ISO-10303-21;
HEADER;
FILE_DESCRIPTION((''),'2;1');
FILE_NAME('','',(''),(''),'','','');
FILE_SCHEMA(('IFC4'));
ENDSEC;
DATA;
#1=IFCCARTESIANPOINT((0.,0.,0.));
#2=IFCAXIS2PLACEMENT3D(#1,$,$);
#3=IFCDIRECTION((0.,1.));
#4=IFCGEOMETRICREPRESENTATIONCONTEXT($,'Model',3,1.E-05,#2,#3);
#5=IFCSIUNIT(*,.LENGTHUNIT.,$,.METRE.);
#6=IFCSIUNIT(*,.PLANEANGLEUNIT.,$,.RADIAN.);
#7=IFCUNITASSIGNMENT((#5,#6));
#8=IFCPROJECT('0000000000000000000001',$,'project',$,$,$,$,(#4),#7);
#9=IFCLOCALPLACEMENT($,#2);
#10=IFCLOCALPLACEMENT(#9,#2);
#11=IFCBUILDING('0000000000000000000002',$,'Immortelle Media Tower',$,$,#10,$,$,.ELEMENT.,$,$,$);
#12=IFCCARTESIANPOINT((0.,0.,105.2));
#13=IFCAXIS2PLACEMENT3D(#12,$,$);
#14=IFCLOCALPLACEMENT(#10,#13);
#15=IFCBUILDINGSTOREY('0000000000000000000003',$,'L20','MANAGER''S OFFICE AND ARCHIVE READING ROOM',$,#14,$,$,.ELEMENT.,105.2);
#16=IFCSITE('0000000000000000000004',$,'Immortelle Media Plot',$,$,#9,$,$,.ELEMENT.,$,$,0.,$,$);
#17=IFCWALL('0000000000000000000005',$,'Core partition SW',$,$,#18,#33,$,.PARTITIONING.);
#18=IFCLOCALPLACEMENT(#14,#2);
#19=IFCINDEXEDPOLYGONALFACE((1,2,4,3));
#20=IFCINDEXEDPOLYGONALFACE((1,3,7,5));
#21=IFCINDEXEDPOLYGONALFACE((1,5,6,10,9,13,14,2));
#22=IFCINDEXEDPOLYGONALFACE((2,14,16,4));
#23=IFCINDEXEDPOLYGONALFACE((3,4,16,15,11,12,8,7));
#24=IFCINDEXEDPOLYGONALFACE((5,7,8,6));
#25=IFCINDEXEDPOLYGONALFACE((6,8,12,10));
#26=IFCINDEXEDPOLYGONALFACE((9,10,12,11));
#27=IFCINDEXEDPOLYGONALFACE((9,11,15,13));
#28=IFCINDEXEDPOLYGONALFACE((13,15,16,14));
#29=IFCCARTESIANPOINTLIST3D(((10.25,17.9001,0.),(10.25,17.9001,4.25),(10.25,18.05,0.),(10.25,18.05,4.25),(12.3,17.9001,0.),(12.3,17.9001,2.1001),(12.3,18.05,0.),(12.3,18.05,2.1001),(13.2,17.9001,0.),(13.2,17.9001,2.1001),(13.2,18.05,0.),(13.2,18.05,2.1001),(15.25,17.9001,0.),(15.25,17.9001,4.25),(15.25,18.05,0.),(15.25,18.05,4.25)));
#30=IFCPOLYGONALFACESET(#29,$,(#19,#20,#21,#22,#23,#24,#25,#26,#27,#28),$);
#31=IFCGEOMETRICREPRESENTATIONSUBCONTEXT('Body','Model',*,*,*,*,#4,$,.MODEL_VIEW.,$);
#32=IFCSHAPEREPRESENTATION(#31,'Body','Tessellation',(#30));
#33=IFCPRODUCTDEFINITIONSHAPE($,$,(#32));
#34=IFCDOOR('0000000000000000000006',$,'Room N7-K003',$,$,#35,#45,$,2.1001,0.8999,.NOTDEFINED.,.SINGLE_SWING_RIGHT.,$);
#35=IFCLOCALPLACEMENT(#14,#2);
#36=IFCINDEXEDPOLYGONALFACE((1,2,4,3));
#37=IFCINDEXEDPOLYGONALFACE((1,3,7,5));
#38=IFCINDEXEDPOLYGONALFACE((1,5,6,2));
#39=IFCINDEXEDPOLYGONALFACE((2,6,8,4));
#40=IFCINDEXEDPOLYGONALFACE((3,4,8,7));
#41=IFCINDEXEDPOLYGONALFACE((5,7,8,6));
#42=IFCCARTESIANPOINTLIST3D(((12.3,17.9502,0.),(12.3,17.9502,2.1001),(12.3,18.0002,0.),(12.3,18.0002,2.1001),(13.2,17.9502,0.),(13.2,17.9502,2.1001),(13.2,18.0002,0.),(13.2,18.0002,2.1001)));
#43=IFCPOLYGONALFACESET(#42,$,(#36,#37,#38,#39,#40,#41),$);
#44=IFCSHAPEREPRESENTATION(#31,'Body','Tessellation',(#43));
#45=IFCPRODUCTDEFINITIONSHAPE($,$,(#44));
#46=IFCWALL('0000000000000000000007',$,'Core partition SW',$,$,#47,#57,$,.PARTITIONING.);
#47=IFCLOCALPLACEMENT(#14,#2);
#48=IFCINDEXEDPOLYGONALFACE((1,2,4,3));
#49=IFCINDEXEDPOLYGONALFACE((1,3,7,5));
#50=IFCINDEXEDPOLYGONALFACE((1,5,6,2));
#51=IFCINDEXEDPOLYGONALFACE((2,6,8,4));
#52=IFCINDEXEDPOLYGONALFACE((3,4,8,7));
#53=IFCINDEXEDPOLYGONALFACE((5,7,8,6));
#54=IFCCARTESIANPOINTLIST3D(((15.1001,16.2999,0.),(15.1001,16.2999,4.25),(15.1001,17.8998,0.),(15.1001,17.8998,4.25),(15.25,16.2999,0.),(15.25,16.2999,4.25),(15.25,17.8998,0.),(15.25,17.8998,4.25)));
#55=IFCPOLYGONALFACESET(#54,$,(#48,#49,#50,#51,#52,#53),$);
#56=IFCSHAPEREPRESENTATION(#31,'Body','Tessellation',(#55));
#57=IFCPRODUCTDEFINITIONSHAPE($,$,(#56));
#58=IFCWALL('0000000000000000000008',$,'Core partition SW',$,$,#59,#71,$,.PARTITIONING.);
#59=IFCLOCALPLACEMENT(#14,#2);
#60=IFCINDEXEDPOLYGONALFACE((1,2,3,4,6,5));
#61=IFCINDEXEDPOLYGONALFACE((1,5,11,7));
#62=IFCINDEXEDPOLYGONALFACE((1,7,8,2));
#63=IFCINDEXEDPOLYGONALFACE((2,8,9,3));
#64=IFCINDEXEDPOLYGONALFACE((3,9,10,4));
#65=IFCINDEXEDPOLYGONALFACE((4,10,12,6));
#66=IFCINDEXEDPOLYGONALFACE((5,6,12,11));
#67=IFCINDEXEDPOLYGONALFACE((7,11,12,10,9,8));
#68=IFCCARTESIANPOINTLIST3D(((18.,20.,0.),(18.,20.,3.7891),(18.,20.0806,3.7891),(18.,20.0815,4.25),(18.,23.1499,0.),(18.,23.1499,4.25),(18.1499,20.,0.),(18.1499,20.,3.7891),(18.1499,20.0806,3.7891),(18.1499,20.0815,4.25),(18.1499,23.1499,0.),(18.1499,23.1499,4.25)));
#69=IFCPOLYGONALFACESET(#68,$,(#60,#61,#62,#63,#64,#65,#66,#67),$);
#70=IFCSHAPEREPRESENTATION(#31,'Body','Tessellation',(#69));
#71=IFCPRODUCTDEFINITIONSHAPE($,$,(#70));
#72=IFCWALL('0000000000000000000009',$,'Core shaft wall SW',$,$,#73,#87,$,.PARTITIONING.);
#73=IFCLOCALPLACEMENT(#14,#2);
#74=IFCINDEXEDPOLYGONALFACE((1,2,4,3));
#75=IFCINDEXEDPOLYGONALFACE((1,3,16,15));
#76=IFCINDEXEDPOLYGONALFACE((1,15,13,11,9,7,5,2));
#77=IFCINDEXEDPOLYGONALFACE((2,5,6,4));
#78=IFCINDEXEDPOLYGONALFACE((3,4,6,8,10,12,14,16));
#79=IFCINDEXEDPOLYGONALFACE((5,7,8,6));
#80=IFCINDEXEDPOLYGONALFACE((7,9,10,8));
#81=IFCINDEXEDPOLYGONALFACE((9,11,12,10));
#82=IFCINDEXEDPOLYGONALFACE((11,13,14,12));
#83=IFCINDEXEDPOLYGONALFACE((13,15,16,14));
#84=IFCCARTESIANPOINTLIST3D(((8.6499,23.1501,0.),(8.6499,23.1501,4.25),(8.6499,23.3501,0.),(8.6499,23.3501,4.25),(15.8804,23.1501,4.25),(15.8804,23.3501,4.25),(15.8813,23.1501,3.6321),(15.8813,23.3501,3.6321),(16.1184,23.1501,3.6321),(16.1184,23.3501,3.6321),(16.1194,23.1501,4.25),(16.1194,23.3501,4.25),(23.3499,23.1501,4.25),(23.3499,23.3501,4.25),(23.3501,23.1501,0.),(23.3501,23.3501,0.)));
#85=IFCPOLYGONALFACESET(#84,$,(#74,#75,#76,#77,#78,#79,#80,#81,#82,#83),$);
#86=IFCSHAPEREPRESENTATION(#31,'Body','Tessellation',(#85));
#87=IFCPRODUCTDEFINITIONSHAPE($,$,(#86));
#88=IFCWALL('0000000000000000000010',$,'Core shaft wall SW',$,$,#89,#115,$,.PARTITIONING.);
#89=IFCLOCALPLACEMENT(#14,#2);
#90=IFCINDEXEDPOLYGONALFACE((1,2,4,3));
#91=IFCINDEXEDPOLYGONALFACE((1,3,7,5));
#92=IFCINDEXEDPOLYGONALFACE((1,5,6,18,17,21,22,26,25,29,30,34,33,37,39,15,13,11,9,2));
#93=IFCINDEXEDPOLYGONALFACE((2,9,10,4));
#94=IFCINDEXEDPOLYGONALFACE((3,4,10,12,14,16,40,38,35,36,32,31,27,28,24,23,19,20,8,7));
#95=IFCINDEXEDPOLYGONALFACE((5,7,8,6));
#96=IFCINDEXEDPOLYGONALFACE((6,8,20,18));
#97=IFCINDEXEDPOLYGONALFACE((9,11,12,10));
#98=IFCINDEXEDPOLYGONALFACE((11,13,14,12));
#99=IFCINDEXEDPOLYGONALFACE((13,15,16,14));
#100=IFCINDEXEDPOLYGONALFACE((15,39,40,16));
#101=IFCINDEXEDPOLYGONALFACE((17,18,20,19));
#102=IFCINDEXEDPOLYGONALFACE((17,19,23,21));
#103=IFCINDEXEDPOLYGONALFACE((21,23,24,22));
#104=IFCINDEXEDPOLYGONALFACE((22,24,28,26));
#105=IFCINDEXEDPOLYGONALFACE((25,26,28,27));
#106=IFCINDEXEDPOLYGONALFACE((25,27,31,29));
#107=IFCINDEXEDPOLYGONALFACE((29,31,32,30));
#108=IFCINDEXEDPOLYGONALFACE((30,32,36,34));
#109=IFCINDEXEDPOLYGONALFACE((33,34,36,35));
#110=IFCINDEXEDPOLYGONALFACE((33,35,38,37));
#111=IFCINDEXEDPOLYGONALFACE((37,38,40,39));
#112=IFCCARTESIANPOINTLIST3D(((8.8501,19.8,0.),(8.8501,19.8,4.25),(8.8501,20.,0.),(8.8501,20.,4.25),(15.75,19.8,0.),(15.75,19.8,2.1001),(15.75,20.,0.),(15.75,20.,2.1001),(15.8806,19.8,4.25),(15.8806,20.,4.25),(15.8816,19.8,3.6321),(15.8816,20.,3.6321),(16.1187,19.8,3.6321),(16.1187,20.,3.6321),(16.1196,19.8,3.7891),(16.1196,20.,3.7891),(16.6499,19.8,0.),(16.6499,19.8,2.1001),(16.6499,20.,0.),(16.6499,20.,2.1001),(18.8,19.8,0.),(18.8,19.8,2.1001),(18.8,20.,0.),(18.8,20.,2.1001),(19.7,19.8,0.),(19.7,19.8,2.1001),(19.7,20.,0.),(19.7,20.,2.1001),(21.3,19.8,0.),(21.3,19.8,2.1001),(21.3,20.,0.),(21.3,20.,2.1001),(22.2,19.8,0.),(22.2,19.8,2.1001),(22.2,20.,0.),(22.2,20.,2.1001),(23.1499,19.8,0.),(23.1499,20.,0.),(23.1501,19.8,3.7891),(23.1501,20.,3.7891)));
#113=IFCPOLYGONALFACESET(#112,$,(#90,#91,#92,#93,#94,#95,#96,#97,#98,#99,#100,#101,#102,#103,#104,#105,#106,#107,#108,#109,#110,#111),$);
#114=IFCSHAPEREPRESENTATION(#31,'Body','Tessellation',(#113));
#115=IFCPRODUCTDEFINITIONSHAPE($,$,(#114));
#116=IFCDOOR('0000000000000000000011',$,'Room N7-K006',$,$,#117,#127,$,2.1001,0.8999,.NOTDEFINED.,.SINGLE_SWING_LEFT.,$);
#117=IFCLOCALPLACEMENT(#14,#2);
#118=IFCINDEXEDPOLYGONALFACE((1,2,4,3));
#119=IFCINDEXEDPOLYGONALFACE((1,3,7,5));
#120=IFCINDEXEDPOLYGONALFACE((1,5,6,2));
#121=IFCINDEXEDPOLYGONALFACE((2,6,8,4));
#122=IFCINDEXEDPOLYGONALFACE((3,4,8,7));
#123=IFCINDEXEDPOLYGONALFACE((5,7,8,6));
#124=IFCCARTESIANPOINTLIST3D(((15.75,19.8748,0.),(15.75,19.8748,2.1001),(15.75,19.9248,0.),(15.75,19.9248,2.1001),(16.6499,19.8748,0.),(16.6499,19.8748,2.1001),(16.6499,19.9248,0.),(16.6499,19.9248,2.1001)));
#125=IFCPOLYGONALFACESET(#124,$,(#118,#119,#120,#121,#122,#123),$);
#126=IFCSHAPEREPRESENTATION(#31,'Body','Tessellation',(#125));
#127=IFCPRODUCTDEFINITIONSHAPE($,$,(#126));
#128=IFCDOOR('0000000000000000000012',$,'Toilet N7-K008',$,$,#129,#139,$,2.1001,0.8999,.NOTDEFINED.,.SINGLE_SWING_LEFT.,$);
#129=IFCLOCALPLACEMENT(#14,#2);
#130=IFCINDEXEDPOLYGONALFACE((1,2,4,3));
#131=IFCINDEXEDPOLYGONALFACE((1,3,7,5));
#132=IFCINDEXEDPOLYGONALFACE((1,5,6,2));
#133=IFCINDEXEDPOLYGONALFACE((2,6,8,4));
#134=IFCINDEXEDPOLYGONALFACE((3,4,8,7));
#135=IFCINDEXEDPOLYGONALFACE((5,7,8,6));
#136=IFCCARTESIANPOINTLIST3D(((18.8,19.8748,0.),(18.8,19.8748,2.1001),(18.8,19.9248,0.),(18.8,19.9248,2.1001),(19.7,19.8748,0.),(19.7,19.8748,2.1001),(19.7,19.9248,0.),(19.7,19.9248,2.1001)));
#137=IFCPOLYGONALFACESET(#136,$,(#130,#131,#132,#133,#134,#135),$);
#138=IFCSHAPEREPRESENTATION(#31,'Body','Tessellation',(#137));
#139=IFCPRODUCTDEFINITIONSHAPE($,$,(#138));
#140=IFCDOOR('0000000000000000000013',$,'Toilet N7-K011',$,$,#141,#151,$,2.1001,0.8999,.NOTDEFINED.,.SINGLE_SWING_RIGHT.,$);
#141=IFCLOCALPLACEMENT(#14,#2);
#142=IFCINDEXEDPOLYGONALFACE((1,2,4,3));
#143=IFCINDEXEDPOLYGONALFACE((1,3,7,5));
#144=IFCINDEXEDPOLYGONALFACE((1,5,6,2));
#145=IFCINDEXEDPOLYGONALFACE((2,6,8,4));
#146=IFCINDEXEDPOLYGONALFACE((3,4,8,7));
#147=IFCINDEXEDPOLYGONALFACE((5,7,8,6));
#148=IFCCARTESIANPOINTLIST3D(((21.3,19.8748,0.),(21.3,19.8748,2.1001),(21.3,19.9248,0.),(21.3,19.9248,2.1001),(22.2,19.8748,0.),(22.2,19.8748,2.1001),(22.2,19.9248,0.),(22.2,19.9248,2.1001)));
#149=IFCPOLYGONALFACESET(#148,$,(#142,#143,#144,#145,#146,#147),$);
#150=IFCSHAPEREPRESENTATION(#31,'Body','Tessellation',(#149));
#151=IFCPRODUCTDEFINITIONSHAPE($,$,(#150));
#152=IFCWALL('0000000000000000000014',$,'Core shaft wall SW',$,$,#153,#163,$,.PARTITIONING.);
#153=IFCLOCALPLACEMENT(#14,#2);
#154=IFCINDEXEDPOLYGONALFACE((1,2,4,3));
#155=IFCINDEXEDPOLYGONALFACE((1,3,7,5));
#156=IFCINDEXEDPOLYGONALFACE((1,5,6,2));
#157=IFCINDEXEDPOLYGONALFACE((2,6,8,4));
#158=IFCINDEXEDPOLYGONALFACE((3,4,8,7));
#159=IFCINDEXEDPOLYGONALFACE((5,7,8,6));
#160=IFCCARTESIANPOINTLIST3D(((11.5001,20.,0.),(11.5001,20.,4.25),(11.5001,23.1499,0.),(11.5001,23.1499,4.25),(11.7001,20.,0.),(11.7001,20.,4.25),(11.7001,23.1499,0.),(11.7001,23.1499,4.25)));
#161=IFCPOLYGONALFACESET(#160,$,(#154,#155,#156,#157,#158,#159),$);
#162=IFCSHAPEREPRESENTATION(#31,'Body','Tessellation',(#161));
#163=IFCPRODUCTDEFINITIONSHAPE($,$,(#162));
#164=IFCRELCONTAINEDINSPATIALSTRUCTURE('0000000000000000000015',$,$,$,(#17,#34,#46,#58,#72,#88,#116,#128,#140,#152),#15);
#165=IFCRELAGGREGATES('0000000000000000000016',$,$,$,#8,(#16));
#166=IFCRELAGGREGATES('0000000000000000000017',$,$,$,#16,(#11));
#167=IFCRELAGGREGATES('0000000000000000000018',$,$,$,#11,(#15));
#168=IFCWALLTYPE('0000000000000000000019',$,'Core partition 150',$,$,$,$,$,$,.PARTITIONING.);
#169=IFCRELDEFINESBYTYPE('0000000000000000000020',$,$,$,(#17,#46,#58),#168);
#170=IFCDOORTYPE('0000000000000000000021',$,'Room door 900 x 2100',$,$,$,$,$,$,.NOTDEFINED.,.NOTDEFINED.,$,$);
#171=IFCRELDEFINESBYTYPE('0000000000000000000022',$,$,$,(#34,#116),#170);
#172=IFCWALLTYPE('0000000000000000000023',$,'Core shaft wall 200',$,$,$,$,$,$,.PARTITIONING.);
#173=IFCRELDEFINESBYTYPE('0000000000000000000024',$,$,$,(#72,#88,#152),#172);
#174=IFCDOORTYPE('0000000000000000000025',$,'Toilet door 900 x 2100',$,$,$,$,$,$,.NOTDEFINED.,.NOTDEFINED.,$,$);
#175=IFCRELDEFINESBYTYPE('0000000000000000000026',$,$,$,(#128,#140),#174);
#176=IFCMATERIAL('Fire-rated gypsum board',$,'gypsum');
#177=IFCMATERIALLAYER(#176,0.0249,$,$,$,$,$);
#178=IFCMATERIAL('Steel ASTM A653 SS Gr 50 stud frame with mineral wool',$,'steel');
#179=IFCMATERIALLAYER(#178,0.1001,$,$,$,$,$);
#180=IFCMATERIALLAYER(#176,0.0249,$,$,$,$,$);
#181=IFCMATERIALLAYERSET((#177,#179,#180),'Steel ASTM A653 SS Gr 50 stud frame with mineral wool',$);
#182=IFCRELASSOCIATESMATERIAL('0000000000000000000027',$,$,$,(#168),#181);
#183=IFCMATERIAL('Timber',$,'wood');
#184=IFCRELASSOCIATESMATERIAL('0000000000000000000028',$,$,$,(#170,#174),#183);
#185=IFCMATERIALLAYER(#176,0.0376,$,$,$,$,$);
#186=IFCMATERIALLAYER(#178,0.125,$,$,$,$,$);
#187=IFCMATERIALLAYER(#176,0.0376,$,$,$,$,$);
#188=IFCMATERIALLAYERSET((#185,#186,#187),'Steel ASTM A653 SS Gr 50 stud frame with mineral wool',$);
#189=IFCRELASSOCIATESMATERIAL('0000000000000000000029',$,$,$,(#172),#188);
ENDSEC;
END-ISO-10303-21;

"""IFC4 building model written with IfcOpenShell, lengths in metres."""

from ifc_helpers import new_model, si_unit, direction, frame, frame_2d, origin, place, context, subcontext, project, spatial, polyline, rectangle, outline, extrude, material, layer, layer_set, type_object, element, fill, save


model = new_model("IFC4")

# Units and contexts
model_context = context("Model", 3, precision=1e-05, world=origin(), true_north=direction((0.0, 1.0)))
body_context = subcontext(model_context, "Body", "Model", "MODEL_VIEW")
ifc_project = project(units=[si_unit("LENGTHUNIT", "METRE"), si_unit("PLANEANGLEUNIT", "RADIAN")], contexts=[model_context])

# Site, building, storey
site_placement = place(None, origin())
site = spatial("IfcSite", under=ifc_project, at=site_placement, Name="Immortelle Media Plot", CompositionType="ELEMENT", RefElevation=0.0)
building_placement = place(site_placement, origin())
building = spatial("IfcBuilding", under=site, at=building_placement, Name="Immortelle Media Tower", CompositionType="ELEMENT")
storey_placement = place(building_placement, frame((0.0, 0.0, 105.2)))
storey = spatial("IfcBuildingStorey", under=building, at=storey_placement, Name="L20", Description="MANAGER'S OFFICE AND ARCHIVE READING ROOM", CompositionType="ELEMENT", Elevation=105.2)

# Shared definitions
ifc_material_1 = material(Name="Fire-rated gypsum board", Category="gypsum")
ifc_layer_1 = layer(ifc_material_1, 0.0249)
ifc_material_2 = material(Name="Steel ASTM A653 SS Gr 50 stud frame with mineral wool", Category="steel")
ifc_layer_2 = layer(ifc_material_2, 0.1001)
ifc_layer_3 = layer(ifc_material_1, 0.0249)
ifc_layer_set_1 = layer_set([ifc_layer_1, ifc_layer_2, ifc_layer_3], Name="Steel ASTM A653 SS Gr 50 stud frame with mineral wool")
wall_type_1 = type_object("IfcWallType", Name="Core partition 150", PredefinedType="PARTITIONING", material=ifc_layer_set_1)

# Wall, opening, door
wall_1_placement = place(storey_placement, frame((10.25, 17.9751, 0.0), z_axis=(0.0, 0.0, 1.0), x_axis=(1.0, 0.0, 0.0)))
wall_1 = element("IfcWall", 1, at=wall_1_placement, inside=storey, type_object=wall_type_1, Name="Core partition SW", PredefinedType="PARTITIONING", context=body_context, shape_type="SweptSolid", body=[
    extrude(rectangle(XDim=5.0, YDim=0.1499, at=frame_2d((2.5, 0.0))), origin(), (0.0, 0.0, 1.0), 4.25),
])
opening_1_placement = place(wall_1_placement, frame((2.95, 0.0, 0.0), z_axis=(0.0, 0.0, 1.0), x_axis=(-1.0, 0.0, 0.0)))
opening_1 = element("IfcOpeningElement", 2, at=opening_1_placement, cuts=wall_1, PredefinedType="OPENING", context=body_context, shape_type="SweptSolid", body=[
    extrude(rectangle(XDim=0.8999, YDim=2.1001, at=frame_2d((0.45, 1.05))), frame((0.0, 0.085, 0.0), z_axis=(0.0, -1.0, 0.0), x_axis=(1.0, 0.0, 0.0)), (0.0, 0.0, 1.0), 0.1699),
])
ifc_material_3 = material(Name="Timber", Category="wood")
door_type_1 = type_object("IfcDoorType", Name="Room door 900 x 2100", OperationType="NOTDEFINED", PredefinedType="NOTDEFINED", material=ifc_material_3)
door_1_placement = place(opening_1_placement, origin())
door_1 = element("IfcDoor", 3, at=door_1_placement, inside=storey, type_object=door_type_1, Name="Room N7-K003", OperationType="SINGLE_SWING_RIGHT", OverallHeight=2.1001, OverallWidth=0.8999, PredefinedType="NOTDEFINED", context=body_context, shape_type="SweptSolid", body=[
    extrude(rectangle(XDim=0.8999, YDim=2.1001, at=frame_2d((0.45, 1.05))), frame((0.0, 0.0249, 0.0), z_axis=(0.0, -1.0, 0.0), x_axis=(1.0, 0.0, 0.0)), (0.0, 0.0, 1.0), 0.05),
])
fill(opening_1, door_1)

# Walls
wall_2_placement = place(storey_placement, frame((15.175, 16.3, 0.0), z_axis=(0.0, 0.0, 1.0), x_axis=(0.0, 1.0, 0.0)))
element("IfcWall", 4, at=wall_2_placement, inside=storey, type_object=wall_type_1, Name="Core partition SW", PredefinedType="PARTITIONING", context=body_context, shape_type="SweptSolid", body=[
    extrude(rectangle(XDim=1.5999, YDim=0.1499, at=frame_2d((0.7998, 0.0))), origin(), (0.0, 0.0, 1.0), 4.25),
])
wall_3_placement = place(storey_placement, frame((18.075, 20.0, 0.0), z_axis=(0.0, 0.0, 1.0), x_axis=(0.0, 1.0, 0.0)))
element("IfcWall", 5, at=wall_3_placement, inside=storey, type_object=wall_type_1, Name="Core partition SW", PredefinedType="PARTITIONING", context=body_context, shape_type="SweptSolid", body=[
    extrude(outline(polyline([(0.0, 0.0), (3.1499, 0.0), (3.1499, 4.25), (0.0815, 4.25), (0.0806, 3.7891), (0.0, 3.7891), (0.0, 0.0)])), frame((0.0, 0.075, 0.0), z_axis=(0.0, -1.0, 0.0), x_axis=(1.0, 0.0, 0.0)), (0.0, 0.0, 1.0), 0.1499),
])
ifc_layer_4 = layer(ifc_material_1, 0.0376)
ifc_layer_5 = layer(ifc_material_2, 0.125)
ifc_layer_6 = layer(ifc_material_1, 0.0376)
ifc_layer_set_2 = layer_set([ifc_layer_4, ifc_layer_5, ifc_layer_6], Name="Steel ASTM A653 SS Gr 50 stud frame with mineral wool")
wall_type_2 = type_object("IfcWallType", Name="Core shaft wall 200", PredefinedType="PARTITIONING", material=ifc_layer_set_2)
wall_4_placement = place(storey_placement, frame((8.6499, 23.25, 0.0), z_axis=(0.0, 0.0, 1.0), x_axis=(1.0, 0.0, 0.0)))
element("IfcWall", 6, at=wall_4_placement, inside=storey, type_object=wall_type_2, Name="Core shaft wall SW", PredefinedType="PARTITIONING", context=body_context, shape_type="SweptSolid", body=[
    extrude(outline(polyline([(0.0, 0.0), (14.7002, 0.0), (14.7, 4.25), (7.4695, 4.25), (7.4685, 3.6321), (7.2314, 3.6321), (7.2305, 4.25), (0.0, 4.25), (0.0, 0.0)])), frame((0.0, 0.1001, 0.0), z_axis=(0.0, -1.0, 0.0), x_axis=(1.0, 0.0, 0.0)), (0.0, 0.0, 1.0), 0.2),
])

# Wall, openings, doors
wall_5_placement = place(storey_placement, frame((8.8501, 19.8999, 0.0), z_axis=(0.0, 0.0, 1.0), x_axis=(1.0, 0.0, 0.0)))
wall_5 = element("IfcWall", 7, at=wall_5_placement, inside=storey, type_object=wall_type_2, Name="Core shaft wall SW", PredefinedType="PARTITIONING", context=body_context, shape_type="SweptSolid", body=[
    extrude(outline(polyline([(0.0, 0.0), (14.2998, 0.0), (14.3, 3.7891), (7.2695, 3.7891), (7.2686, 3.6321), (7.0315, 3.6321), (7.0305, 4.25), (0.0, 4.25), (0.0, 0.0)])), frame((0.0, 0.1001, 0.0), z_axis=(0.0, -1.0, 0.0), x_axis=(1.0, 0.0, 0.0)), (0.0, 0.0, 1.0), 0.2),
])
opening_2_placement = place(wall_5_placement, frame((6.8999, 0.0, 0.0)))
opening_2 = element("IfcOpeningElement", 8, at=opening_2_placement, cuts=wall_5, PredefinedType="OPENING", context=body_context, shape_type="SweptSolid", body=[
    extrude(rectangle(XDim=0.8999, YDim=2.1001, at=frame_2d((0.45, 1.05))), frame((0.0, 0.1099, 0.0), z_axis=(0.0, -1.0, 0.0), x_axis=(1.0, 0.0, 0.0)), (0.0, 0.0, 1.0), 0.22),
])
opening_3_placement = place(wall_5_placement, frame((9.95, 0.0, 0.0)))
opening_3 = element("IfcOpeningElement", 9, at=opening_3_placement, cuts=wall_5, PredefinedType="OPENING", context=body_context, shape_type="SweptSolid", body=[
    extrude(rectangle(XDim=0.8999, YDim=2.1001, at=frame_2d((0.45, 1.05))), frame((0.0, 0.1099, 0.0), z_axis=(0.0, -1.0, 0.0), x_axis=(1.0, 0.0, 0.0)), (0.0, 0.0, 1.0), 0.22),
])
opening_4_placement = place(wall_5_placement, frame((12.45, 0.0, 0.0)))
opening_4 = element("IfcOpeningElement", 10, at=opening_4_placement, cuts=wall_5, PredefinedType="OPENING", context=body_context, shape_type="SweptSolid", body=[
    extrude(rectangle(XDim=0.8999, YDim=2.1001, at=frame_2d((0.45, 1.05))), frame((0.0, 0.1099, 0.0), z_axis=(0.0, -1.0, 0.0), x_axis=(1.0, 0.0, 0.0)), (0.0, 0.0, 1.0), 0.22),
])
door_2_placement = place(opening_2_placement, origin())
door_2 = element("IfcDoor", 11, at=door_2_placement, inside=storey, type_object=door_type_1, Name="Room N7-K006", OperationType="SINGLE_SWING_LEFT", OverallHeight=2.1001, OverallWidth=0.8999, PredefinedType="NOTDEFINED", context=body_context, shape_type="SweptSolid", body=[
    extrude(rectangle(XDim=0.8999, YDim=2.1001, at=frame_2d((0.45, 1.05))), frame((0.0, 0.0249, 0.0), z_axis=(0.0, -1.0, 0.0), x_axis=(1.0, 0.0, 0.0)), (0.0, 0.0, 1.0), 0.05),
])
fill(opening_2, door_2)
door_type_2 = type_object("IfcDoorType", Name="Toilet door 900 x 2100", OperationType="NOTDEFINED", PredefinedType="NOTDEFINED", material=ifc_material_3)
door_3_placement = place(opening_3_placement, origin())
door_3 = element("IfcDoor", 12, at=door_3_placement, inside=storey, type_object=door_type_2, Name="Toilet N7-K008", OperationType="SINGLE_SWING_LEFT", OverallHeight=2.1001, OverallWidth=0.8999, PredefinedType="NOTDEFINED", context=body_context, shape_type="SweptSolid", body=[
    extrude(rectangle(XDim=0.8999, YDim=2.1001, at=frame_2d((0.45, 1.05))), frame((0.0, 0.0249, 0.0), z_axis=(0.0, -1.0, 0.0), x_axis=(1.0, 0.0, 0.0)), (0.0, 0.0, 1.0), 0.05),
])
fill(opening_3, door_3)
door_4_placement = place(opening_4_placement, origin())
door_4 = element("IfcDoor", 13, at=door_4_placement, inside=storey, type_object=door_type_2, Name="Toilet N7-K011", OperationType="SINGLE_SWING_RIGHT", OverallHeight=2.1001, OverallWidth=0.8999, PredefinedType="NOTDEFINED", context=body_context, shape_type="SweptSolid", body=[
    extrude(rectangle(XDim=0.8999, YDim=2.1001, at=frame_2d((0.45, 1.05))), frame((0.0, 0.0249, 0.0), z_axis=(0.0, -1.0, 0.0), x_axis=(1.0, 0.0, 0.0)), (0.0, 0.0, 1.0), 0.05),
])
fill(opening_4, door_4)

# Wall
for number, where, z_axis, x_axis, name in (
    (14, (11.6001, 20.0, 0.0), (0.0, 0.0, 1.0), (0.0, 1.0, 0.0), "Core shaft wall SW"),
):
    element("IfcWall", number, at=place(storey_placement, frame(where, z_axis=z_axis, x_axis=x_axis)), inside=storey, type_object=wall_type_2, Name=name, PredefinedType="PARTITIONING", context=body_context, shape_type="SweptSolid", body=[
        extrude(rectangle(XDim=3.1499, YDim=0.2, at=frame_2d((1.575, 0.0))), origin(), (0.0, 0.0, 1.0), 4.25),
    ])

save(model, "model.ifc")
